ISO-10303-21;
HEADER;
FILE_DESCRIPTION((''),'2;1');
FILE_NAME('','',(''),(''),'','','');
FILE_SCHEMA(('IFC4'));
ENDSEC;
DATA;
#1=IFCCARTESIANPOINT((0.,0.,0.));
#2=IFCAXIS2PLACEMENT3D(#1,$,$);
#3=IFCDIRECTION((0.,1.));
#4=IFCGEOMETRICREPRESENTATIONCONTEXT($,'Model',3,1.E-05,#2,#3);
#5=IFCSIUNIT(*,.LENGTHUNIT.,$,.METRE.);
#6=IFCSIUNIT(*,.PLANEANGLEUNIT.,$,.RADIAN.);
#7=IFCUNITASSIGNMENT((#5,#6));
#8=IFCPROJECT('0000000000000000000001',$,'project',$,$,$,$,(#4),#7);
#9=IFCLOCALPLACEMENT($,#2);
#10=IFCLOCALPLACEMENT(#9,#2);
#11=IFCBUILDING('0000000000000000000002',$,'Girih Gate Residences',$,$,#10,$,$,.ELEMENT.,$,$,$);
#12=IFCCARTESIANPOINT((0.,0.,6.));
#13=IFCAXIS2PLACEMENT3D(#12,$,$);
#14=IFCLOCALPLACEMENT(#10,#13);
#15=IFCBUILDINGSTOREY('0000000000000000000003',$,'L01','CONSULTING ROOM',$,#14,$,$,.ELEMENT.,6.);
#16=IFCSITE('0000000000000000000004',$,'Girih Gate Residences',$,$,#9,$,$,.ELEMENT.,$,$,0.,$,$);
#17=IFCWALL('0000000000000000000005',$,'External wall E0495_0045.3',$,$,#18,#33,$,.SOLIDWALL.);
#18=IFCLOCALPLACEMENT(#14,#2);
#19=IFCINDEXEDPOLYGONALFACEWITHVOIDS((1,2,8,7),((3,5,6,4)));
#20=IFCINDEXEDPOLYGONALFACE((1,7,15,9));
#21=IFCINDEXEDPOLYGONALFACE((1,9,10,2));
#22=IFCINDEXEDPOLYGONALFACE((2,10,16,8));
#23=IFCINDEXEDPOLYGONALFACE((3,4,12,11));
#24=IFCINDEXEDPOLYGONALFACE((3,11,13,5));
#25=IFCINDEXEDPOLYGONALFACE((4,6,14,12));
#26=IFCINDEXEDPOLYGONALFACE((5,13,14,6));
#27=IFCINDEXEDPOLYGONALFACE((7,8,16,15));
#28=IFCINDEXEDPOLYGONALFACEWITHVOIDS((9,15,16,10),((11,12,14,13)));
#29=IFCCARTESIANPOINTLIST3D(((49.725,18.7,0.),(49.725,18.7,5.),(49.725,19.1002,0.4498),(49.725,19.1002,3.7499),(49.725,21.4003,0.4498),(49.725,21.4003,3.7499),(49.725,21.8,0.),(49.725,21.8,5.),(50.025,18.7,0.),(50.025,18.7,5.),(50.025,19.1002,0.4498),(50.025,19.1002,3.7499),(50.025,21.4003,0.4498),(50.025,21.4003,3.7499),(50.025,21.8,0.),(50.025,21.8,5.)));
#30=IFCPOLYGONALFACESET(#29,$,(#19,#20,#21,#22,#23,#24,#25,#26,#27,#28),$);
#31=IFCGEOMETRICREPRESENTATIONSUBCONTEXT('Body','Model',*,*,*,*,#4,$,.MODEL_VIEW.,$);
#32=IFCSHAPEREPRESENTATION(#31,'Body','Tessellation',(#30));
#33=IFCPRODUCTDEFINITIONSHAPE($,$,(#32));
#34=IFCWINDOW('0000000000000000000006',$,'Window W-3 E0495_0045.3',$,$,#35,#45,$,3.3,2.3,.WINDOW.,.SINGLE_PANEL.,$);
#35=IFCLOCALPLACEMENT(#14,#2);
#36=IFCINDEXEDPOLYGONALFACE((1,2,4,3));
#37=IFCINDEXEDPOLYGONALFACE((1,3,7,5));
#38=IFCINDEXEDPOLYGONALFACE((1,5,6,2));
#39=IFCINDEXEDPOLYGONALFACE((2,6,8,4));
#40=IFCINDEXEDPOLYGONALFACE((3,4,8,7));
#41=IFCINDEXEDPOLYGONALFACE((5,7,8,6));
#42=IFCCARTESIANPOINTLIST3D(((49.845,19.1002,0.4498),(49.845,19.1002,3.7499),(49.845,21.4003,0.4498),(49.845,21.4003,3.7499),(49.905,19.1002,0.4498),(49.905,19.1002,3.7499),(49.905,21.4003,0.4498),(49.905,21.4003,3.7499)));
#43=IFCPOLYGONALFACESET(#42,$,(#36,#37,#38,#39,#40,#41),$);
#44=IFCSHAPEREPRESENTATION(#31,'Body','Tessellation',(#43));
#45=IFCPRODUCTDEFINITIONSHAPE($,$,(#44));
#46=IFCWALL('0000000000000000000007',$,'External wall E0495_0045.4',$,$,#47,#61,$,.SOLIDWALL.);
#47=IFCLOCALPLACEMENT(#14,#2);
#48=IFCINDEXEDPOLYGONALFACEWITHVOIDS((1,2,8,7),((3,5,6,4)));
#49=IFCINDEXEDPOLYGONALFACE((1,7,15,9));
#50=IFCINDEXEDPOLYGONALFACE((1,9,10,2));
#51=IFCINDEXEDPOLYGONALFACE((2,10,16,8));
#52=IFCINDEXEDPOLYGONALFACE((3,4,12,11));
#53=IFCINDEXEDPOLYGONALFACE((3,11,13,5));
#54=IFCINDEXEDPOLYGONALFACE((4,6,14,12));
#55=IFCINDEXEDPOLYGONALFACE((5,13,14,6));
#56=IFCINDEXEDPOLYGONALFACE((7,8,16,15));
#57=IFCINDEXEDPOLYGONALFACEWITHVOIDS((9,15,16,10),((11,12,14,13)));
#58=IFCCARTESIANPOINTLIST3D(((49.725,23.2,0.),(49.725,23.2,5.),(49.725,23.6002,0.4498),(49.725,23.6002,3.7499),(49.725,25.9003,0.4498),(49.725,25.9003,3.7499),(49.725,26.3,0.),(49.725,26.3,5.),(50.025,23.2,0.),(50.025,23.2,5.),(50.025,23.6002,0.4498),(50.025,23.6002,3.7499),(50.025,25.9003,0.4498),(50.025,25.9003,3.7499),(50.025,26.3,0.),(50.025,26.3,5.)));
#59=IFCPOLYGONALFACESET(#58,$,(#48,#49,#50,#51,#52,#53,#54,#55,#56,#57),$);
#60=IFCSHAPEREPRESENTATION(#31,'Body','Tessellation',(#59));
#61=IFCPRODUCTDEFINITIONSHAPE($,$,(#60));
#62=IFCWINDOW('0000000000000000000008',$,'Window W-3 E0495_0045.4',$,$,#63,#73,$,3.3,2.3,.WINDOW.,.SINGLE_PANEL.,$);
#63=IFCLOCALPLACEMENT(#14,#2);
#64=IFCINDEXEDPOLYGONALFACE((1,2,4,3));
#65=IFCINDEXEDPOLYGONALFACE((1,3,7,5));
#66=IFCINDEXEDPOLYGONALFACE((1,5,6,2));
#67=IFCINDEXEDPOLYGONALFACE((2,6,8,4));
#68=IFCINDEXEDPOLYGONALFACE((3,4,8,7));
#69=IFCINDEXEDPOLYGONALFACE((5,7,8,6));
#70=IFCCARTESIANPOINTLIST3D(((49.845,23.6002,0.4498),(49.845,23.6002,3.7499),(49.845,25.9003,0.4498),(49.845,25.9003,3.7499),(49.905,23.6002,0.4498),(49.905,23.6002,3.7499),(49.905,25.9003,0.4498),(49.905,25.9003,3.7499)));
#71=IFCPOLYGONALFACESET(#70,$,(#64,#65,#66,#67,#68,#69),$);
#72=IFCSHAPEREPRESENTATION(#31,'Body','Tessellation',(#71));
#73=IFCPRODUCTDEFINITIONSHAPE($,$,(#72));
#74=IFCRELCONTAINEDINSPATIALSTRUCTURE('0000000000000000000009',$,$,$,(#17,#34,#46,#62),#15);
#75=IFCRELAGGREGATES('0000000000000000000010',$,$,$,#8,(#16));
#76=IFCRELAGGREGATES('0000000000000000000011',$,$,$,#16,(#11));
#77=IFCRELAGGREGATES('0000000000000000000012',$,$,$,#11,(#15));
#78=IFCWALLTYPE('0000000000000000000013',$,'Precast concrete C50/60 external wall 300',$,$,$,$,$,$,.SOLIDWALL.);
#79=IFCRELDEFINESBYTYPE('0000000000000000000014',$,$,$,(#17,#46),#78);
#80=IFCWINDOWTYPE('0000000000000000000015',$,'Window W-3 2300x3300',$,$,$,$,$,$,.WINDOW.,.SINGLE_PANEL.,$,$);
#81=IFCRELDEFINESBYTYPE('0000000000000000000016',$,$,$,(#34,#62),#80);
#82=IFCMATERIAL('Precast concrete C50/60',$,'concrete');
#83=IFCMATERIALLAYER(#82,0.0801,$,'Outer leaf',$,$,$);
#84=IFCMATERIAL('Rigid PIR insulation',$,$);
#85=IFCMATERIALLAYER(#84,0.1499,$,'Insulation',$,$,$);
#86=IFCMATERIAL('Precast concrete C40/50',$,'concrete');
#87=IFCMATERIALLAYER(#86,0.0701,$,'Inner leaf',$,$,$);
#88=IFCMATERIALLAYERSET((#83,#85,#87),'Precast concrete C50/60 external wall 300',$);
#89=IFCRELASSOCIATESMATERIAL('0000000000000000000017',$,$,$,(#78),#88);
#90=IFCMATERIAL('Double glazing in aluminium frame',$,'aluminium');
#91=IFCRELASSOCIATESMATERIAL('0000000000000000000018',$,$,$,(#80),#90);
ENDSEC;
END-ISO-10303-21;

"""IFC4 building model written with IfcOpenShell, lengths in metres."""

from ifc_helpers import new_model, si_unit, direction, frame, frame_2d, origin, place, context, subcontext, project, spatial, rectangle, extrude, material, layer, layer_set, type_object, element, fill, save


model = new_model("IFC4")

# Units and contexts
model_context = context("Model", 3, precision=1e-05, world=origin(), true_north=direction((0.0, 1.0)))
body_context = subcontext(model_context, "Body", "Model", "MODEL_VIEW")
ifc_project = project(units=[si_unit("LENGTHUNIT", "METRE"), si_unit("PLANEANGLEUNIT", "RADIAN")], contexts=[model_context])

# Site, building, storey
site_placement = place(None, origin())
site = spatial("IfcSite", under=ifc_project, at=site_placement, Name="Girih Gate Residences", CompositionType="ELEMENT", RefElevation=0.0)
building_placement = place(site_placement, origin())
building = spatial("IfcBuilding", under=site, at=building_placement, Name="Girih Gate Residences", CompositionType="ELEMENT")
storey_placement = place(building_placement, frame((0.0, 0.0, 6.0)))
storey = spatial("IfcBuildingStorey", under=building, at=storey_placement, Name="L01", Description="CONSULTING ROOM", CompositionType="ELEMENT", Elevation=6.0)

# Walls, openings, windows
ifc_material_1 = material(Name="Precast concrete C50/60", Category="concrete")
ifc_layer_1 = layer(ifc_material_1, 0.0801, Name="Outer leaf")
ifc_material_2 = material(Name="Rigid PIR insulation")
ifc_layer_2 = layer(ifc_material_2, 0.1499, Name="Insulation")
ifc_material_3 = material(Name="Precast concrete C40/50", Category="concrete")
ifc_layer_3 = layer(ifc_material_3, 0.0701, Name="Inner leaf")
ifc_layer_set_1 = layer_set([ifc_layer_1, ifc_layer_2, ifc_layer_3], Name="Precast concrete C50/60 external wall 300")
wall_type_1 = type_object("IfcWallType", Name="Precast concrete C50/60 external wall 300", PredefinedType="SOLIDWALL", material=ifc_layer_set_1)
wall_1_placement = place(storey_placement, frame((49.875, 21.8, 0.0), z_axis=(0.0, 0.0, 1.0), x_axis=(0.0, -1.0, 0.0)))
wall_1 = element("IfcWall", 1, at=wall_1_placement, inside=storey, type_object=wall_type_1, Name="External wall E0495_0045.3", PredefinedType="SOLIDWALL", context=body_context, shape_type="SweptSolid", body=[
    extrude(rectangle(XDim=3.1001, YDim=0.3, at=frame_2d((1.55, 0.0))), origin(), (0.0, 0.0, 1.0), 5.0),
])
opening_1_placement = place(wall_1_placement, frame((0.3999, 0.0, 0.45)))
opening_1 = element("IfcOpeningElement", 2, at=opening_1_placement, cuts=wall_1, PredefinedType="OPENING", context=body_context, shape_type="SweptSolid", body=[
    extrude(rectangle(XDim=2.3, YDim=3.3, at=frame_2d((1.1499, 1.6499))), frame((0.0, 0.1599, 0.0), z_axis=(0.0, -1.0, 0.0), x_axis=(1.0, 0.0, 0.0)), (0.0, 0.0, 1.0), 0.3201),
])
ifc_material_4 = material(Name="Double glazing in aluminium frame", Category="aluminium")
window_type = type_object("IfcWindowType", Name="Window W-3 2300x3300", PartitioningType="SINGLE_PANEL", PredefinedType="WINDOW", material=ifc_material_4)
window_1_placement = place(opening_1_placement, origin())
window_1 = element("IfcWindow", 3, at=window_1_placement, inside=storey, type_object=window_type, Name="Window W-3 E0495_0045.3", OverallHeight=3.3, OverallWidth=2.3, PartitioningType="SINGLE_PANEL", PredefinedType="WINDOW", context=body_context, shape_type="SweptSolid", body=[
    extrude(rectangle(XDim=2.3, YDim=3.3, at=frame_2d((1.1499, 1.6499))), frame((0.0, 0.03, 0.0), z_axis=(0.0, -1.0, 0.0), x_axis=(1.0, 0.0, 0.0)), (0.0, 0.0, 1.0), 0.0601),
])
fill(opening_1, window_1)
wall_2_placement = place(storey_placement, frame((49.875, 26.3, 0.0), z_axis=(0.0, 0.0, 1.0), x_axis=(0.0, -1.0, 0.0)))
wall_2 = element("IfcWall", 4, at=wall_2_placement, inside=storey, type_object=wall_type_1, Name="External wall E0495_0045.4", PredefinedType="SOLIDWALL", context=body_context, shape_type="SweptSolid", body=[
    extrude(rectangle(XDim=3.1001, YDim=0.3, at=frame_2d((1.55, 0.0))), origin(), (0.0, 0.0, 1.0), 5.0),
])
opening_2_placement = place(wall_2_placement, frame((0.3999, 0.0, 0.45)))
opening_2 = element("IfcOpeningElement", 5, at=opening_2_placement, cuts=wall_2, PredefinedType="OPENING", context=body_context, shape_type="SweptSolid", body=[
    extrude(rectangle(XDim=2.3, YDim=3.3, at=frame_2d((1.1499, 1.6499))), frame((0.0, 0.1599, 0.0), z_axis=(0.0, -1.0, 0.0), x_axis=(1.0, 0.0, 0.0)), (0.0, 0.0, 1.0), 0.3201),
])
window_2_placement = place(opening_2_placement, origin())
window_2 = element("IfcWindow", 6, at=window_2_placement, inside=storey, type_object=window_type, Name="Window W-3 E0495_0045.4", OverallHeight=3.3, OverallWidth=2.3, PartitioningType="SINGLE_PANEL", PredefinedType="WINDOW", context=body_context, shape_type="SweptSolid", body=[
    extrude(rectangle(XDim=2.3, YDim=3.3, at=frame_2d((1.1499, 1.6499))), frame((0.0, 0.03, 0.0), z_axis=(0.0, -1.0, 0.0), x_axis=(1.0, 0.0, 0.0)), (0.0, 0.0, 1.0), 0.0601),
])
fill(opening_2, window_2)

save(model, "model.ifc")
